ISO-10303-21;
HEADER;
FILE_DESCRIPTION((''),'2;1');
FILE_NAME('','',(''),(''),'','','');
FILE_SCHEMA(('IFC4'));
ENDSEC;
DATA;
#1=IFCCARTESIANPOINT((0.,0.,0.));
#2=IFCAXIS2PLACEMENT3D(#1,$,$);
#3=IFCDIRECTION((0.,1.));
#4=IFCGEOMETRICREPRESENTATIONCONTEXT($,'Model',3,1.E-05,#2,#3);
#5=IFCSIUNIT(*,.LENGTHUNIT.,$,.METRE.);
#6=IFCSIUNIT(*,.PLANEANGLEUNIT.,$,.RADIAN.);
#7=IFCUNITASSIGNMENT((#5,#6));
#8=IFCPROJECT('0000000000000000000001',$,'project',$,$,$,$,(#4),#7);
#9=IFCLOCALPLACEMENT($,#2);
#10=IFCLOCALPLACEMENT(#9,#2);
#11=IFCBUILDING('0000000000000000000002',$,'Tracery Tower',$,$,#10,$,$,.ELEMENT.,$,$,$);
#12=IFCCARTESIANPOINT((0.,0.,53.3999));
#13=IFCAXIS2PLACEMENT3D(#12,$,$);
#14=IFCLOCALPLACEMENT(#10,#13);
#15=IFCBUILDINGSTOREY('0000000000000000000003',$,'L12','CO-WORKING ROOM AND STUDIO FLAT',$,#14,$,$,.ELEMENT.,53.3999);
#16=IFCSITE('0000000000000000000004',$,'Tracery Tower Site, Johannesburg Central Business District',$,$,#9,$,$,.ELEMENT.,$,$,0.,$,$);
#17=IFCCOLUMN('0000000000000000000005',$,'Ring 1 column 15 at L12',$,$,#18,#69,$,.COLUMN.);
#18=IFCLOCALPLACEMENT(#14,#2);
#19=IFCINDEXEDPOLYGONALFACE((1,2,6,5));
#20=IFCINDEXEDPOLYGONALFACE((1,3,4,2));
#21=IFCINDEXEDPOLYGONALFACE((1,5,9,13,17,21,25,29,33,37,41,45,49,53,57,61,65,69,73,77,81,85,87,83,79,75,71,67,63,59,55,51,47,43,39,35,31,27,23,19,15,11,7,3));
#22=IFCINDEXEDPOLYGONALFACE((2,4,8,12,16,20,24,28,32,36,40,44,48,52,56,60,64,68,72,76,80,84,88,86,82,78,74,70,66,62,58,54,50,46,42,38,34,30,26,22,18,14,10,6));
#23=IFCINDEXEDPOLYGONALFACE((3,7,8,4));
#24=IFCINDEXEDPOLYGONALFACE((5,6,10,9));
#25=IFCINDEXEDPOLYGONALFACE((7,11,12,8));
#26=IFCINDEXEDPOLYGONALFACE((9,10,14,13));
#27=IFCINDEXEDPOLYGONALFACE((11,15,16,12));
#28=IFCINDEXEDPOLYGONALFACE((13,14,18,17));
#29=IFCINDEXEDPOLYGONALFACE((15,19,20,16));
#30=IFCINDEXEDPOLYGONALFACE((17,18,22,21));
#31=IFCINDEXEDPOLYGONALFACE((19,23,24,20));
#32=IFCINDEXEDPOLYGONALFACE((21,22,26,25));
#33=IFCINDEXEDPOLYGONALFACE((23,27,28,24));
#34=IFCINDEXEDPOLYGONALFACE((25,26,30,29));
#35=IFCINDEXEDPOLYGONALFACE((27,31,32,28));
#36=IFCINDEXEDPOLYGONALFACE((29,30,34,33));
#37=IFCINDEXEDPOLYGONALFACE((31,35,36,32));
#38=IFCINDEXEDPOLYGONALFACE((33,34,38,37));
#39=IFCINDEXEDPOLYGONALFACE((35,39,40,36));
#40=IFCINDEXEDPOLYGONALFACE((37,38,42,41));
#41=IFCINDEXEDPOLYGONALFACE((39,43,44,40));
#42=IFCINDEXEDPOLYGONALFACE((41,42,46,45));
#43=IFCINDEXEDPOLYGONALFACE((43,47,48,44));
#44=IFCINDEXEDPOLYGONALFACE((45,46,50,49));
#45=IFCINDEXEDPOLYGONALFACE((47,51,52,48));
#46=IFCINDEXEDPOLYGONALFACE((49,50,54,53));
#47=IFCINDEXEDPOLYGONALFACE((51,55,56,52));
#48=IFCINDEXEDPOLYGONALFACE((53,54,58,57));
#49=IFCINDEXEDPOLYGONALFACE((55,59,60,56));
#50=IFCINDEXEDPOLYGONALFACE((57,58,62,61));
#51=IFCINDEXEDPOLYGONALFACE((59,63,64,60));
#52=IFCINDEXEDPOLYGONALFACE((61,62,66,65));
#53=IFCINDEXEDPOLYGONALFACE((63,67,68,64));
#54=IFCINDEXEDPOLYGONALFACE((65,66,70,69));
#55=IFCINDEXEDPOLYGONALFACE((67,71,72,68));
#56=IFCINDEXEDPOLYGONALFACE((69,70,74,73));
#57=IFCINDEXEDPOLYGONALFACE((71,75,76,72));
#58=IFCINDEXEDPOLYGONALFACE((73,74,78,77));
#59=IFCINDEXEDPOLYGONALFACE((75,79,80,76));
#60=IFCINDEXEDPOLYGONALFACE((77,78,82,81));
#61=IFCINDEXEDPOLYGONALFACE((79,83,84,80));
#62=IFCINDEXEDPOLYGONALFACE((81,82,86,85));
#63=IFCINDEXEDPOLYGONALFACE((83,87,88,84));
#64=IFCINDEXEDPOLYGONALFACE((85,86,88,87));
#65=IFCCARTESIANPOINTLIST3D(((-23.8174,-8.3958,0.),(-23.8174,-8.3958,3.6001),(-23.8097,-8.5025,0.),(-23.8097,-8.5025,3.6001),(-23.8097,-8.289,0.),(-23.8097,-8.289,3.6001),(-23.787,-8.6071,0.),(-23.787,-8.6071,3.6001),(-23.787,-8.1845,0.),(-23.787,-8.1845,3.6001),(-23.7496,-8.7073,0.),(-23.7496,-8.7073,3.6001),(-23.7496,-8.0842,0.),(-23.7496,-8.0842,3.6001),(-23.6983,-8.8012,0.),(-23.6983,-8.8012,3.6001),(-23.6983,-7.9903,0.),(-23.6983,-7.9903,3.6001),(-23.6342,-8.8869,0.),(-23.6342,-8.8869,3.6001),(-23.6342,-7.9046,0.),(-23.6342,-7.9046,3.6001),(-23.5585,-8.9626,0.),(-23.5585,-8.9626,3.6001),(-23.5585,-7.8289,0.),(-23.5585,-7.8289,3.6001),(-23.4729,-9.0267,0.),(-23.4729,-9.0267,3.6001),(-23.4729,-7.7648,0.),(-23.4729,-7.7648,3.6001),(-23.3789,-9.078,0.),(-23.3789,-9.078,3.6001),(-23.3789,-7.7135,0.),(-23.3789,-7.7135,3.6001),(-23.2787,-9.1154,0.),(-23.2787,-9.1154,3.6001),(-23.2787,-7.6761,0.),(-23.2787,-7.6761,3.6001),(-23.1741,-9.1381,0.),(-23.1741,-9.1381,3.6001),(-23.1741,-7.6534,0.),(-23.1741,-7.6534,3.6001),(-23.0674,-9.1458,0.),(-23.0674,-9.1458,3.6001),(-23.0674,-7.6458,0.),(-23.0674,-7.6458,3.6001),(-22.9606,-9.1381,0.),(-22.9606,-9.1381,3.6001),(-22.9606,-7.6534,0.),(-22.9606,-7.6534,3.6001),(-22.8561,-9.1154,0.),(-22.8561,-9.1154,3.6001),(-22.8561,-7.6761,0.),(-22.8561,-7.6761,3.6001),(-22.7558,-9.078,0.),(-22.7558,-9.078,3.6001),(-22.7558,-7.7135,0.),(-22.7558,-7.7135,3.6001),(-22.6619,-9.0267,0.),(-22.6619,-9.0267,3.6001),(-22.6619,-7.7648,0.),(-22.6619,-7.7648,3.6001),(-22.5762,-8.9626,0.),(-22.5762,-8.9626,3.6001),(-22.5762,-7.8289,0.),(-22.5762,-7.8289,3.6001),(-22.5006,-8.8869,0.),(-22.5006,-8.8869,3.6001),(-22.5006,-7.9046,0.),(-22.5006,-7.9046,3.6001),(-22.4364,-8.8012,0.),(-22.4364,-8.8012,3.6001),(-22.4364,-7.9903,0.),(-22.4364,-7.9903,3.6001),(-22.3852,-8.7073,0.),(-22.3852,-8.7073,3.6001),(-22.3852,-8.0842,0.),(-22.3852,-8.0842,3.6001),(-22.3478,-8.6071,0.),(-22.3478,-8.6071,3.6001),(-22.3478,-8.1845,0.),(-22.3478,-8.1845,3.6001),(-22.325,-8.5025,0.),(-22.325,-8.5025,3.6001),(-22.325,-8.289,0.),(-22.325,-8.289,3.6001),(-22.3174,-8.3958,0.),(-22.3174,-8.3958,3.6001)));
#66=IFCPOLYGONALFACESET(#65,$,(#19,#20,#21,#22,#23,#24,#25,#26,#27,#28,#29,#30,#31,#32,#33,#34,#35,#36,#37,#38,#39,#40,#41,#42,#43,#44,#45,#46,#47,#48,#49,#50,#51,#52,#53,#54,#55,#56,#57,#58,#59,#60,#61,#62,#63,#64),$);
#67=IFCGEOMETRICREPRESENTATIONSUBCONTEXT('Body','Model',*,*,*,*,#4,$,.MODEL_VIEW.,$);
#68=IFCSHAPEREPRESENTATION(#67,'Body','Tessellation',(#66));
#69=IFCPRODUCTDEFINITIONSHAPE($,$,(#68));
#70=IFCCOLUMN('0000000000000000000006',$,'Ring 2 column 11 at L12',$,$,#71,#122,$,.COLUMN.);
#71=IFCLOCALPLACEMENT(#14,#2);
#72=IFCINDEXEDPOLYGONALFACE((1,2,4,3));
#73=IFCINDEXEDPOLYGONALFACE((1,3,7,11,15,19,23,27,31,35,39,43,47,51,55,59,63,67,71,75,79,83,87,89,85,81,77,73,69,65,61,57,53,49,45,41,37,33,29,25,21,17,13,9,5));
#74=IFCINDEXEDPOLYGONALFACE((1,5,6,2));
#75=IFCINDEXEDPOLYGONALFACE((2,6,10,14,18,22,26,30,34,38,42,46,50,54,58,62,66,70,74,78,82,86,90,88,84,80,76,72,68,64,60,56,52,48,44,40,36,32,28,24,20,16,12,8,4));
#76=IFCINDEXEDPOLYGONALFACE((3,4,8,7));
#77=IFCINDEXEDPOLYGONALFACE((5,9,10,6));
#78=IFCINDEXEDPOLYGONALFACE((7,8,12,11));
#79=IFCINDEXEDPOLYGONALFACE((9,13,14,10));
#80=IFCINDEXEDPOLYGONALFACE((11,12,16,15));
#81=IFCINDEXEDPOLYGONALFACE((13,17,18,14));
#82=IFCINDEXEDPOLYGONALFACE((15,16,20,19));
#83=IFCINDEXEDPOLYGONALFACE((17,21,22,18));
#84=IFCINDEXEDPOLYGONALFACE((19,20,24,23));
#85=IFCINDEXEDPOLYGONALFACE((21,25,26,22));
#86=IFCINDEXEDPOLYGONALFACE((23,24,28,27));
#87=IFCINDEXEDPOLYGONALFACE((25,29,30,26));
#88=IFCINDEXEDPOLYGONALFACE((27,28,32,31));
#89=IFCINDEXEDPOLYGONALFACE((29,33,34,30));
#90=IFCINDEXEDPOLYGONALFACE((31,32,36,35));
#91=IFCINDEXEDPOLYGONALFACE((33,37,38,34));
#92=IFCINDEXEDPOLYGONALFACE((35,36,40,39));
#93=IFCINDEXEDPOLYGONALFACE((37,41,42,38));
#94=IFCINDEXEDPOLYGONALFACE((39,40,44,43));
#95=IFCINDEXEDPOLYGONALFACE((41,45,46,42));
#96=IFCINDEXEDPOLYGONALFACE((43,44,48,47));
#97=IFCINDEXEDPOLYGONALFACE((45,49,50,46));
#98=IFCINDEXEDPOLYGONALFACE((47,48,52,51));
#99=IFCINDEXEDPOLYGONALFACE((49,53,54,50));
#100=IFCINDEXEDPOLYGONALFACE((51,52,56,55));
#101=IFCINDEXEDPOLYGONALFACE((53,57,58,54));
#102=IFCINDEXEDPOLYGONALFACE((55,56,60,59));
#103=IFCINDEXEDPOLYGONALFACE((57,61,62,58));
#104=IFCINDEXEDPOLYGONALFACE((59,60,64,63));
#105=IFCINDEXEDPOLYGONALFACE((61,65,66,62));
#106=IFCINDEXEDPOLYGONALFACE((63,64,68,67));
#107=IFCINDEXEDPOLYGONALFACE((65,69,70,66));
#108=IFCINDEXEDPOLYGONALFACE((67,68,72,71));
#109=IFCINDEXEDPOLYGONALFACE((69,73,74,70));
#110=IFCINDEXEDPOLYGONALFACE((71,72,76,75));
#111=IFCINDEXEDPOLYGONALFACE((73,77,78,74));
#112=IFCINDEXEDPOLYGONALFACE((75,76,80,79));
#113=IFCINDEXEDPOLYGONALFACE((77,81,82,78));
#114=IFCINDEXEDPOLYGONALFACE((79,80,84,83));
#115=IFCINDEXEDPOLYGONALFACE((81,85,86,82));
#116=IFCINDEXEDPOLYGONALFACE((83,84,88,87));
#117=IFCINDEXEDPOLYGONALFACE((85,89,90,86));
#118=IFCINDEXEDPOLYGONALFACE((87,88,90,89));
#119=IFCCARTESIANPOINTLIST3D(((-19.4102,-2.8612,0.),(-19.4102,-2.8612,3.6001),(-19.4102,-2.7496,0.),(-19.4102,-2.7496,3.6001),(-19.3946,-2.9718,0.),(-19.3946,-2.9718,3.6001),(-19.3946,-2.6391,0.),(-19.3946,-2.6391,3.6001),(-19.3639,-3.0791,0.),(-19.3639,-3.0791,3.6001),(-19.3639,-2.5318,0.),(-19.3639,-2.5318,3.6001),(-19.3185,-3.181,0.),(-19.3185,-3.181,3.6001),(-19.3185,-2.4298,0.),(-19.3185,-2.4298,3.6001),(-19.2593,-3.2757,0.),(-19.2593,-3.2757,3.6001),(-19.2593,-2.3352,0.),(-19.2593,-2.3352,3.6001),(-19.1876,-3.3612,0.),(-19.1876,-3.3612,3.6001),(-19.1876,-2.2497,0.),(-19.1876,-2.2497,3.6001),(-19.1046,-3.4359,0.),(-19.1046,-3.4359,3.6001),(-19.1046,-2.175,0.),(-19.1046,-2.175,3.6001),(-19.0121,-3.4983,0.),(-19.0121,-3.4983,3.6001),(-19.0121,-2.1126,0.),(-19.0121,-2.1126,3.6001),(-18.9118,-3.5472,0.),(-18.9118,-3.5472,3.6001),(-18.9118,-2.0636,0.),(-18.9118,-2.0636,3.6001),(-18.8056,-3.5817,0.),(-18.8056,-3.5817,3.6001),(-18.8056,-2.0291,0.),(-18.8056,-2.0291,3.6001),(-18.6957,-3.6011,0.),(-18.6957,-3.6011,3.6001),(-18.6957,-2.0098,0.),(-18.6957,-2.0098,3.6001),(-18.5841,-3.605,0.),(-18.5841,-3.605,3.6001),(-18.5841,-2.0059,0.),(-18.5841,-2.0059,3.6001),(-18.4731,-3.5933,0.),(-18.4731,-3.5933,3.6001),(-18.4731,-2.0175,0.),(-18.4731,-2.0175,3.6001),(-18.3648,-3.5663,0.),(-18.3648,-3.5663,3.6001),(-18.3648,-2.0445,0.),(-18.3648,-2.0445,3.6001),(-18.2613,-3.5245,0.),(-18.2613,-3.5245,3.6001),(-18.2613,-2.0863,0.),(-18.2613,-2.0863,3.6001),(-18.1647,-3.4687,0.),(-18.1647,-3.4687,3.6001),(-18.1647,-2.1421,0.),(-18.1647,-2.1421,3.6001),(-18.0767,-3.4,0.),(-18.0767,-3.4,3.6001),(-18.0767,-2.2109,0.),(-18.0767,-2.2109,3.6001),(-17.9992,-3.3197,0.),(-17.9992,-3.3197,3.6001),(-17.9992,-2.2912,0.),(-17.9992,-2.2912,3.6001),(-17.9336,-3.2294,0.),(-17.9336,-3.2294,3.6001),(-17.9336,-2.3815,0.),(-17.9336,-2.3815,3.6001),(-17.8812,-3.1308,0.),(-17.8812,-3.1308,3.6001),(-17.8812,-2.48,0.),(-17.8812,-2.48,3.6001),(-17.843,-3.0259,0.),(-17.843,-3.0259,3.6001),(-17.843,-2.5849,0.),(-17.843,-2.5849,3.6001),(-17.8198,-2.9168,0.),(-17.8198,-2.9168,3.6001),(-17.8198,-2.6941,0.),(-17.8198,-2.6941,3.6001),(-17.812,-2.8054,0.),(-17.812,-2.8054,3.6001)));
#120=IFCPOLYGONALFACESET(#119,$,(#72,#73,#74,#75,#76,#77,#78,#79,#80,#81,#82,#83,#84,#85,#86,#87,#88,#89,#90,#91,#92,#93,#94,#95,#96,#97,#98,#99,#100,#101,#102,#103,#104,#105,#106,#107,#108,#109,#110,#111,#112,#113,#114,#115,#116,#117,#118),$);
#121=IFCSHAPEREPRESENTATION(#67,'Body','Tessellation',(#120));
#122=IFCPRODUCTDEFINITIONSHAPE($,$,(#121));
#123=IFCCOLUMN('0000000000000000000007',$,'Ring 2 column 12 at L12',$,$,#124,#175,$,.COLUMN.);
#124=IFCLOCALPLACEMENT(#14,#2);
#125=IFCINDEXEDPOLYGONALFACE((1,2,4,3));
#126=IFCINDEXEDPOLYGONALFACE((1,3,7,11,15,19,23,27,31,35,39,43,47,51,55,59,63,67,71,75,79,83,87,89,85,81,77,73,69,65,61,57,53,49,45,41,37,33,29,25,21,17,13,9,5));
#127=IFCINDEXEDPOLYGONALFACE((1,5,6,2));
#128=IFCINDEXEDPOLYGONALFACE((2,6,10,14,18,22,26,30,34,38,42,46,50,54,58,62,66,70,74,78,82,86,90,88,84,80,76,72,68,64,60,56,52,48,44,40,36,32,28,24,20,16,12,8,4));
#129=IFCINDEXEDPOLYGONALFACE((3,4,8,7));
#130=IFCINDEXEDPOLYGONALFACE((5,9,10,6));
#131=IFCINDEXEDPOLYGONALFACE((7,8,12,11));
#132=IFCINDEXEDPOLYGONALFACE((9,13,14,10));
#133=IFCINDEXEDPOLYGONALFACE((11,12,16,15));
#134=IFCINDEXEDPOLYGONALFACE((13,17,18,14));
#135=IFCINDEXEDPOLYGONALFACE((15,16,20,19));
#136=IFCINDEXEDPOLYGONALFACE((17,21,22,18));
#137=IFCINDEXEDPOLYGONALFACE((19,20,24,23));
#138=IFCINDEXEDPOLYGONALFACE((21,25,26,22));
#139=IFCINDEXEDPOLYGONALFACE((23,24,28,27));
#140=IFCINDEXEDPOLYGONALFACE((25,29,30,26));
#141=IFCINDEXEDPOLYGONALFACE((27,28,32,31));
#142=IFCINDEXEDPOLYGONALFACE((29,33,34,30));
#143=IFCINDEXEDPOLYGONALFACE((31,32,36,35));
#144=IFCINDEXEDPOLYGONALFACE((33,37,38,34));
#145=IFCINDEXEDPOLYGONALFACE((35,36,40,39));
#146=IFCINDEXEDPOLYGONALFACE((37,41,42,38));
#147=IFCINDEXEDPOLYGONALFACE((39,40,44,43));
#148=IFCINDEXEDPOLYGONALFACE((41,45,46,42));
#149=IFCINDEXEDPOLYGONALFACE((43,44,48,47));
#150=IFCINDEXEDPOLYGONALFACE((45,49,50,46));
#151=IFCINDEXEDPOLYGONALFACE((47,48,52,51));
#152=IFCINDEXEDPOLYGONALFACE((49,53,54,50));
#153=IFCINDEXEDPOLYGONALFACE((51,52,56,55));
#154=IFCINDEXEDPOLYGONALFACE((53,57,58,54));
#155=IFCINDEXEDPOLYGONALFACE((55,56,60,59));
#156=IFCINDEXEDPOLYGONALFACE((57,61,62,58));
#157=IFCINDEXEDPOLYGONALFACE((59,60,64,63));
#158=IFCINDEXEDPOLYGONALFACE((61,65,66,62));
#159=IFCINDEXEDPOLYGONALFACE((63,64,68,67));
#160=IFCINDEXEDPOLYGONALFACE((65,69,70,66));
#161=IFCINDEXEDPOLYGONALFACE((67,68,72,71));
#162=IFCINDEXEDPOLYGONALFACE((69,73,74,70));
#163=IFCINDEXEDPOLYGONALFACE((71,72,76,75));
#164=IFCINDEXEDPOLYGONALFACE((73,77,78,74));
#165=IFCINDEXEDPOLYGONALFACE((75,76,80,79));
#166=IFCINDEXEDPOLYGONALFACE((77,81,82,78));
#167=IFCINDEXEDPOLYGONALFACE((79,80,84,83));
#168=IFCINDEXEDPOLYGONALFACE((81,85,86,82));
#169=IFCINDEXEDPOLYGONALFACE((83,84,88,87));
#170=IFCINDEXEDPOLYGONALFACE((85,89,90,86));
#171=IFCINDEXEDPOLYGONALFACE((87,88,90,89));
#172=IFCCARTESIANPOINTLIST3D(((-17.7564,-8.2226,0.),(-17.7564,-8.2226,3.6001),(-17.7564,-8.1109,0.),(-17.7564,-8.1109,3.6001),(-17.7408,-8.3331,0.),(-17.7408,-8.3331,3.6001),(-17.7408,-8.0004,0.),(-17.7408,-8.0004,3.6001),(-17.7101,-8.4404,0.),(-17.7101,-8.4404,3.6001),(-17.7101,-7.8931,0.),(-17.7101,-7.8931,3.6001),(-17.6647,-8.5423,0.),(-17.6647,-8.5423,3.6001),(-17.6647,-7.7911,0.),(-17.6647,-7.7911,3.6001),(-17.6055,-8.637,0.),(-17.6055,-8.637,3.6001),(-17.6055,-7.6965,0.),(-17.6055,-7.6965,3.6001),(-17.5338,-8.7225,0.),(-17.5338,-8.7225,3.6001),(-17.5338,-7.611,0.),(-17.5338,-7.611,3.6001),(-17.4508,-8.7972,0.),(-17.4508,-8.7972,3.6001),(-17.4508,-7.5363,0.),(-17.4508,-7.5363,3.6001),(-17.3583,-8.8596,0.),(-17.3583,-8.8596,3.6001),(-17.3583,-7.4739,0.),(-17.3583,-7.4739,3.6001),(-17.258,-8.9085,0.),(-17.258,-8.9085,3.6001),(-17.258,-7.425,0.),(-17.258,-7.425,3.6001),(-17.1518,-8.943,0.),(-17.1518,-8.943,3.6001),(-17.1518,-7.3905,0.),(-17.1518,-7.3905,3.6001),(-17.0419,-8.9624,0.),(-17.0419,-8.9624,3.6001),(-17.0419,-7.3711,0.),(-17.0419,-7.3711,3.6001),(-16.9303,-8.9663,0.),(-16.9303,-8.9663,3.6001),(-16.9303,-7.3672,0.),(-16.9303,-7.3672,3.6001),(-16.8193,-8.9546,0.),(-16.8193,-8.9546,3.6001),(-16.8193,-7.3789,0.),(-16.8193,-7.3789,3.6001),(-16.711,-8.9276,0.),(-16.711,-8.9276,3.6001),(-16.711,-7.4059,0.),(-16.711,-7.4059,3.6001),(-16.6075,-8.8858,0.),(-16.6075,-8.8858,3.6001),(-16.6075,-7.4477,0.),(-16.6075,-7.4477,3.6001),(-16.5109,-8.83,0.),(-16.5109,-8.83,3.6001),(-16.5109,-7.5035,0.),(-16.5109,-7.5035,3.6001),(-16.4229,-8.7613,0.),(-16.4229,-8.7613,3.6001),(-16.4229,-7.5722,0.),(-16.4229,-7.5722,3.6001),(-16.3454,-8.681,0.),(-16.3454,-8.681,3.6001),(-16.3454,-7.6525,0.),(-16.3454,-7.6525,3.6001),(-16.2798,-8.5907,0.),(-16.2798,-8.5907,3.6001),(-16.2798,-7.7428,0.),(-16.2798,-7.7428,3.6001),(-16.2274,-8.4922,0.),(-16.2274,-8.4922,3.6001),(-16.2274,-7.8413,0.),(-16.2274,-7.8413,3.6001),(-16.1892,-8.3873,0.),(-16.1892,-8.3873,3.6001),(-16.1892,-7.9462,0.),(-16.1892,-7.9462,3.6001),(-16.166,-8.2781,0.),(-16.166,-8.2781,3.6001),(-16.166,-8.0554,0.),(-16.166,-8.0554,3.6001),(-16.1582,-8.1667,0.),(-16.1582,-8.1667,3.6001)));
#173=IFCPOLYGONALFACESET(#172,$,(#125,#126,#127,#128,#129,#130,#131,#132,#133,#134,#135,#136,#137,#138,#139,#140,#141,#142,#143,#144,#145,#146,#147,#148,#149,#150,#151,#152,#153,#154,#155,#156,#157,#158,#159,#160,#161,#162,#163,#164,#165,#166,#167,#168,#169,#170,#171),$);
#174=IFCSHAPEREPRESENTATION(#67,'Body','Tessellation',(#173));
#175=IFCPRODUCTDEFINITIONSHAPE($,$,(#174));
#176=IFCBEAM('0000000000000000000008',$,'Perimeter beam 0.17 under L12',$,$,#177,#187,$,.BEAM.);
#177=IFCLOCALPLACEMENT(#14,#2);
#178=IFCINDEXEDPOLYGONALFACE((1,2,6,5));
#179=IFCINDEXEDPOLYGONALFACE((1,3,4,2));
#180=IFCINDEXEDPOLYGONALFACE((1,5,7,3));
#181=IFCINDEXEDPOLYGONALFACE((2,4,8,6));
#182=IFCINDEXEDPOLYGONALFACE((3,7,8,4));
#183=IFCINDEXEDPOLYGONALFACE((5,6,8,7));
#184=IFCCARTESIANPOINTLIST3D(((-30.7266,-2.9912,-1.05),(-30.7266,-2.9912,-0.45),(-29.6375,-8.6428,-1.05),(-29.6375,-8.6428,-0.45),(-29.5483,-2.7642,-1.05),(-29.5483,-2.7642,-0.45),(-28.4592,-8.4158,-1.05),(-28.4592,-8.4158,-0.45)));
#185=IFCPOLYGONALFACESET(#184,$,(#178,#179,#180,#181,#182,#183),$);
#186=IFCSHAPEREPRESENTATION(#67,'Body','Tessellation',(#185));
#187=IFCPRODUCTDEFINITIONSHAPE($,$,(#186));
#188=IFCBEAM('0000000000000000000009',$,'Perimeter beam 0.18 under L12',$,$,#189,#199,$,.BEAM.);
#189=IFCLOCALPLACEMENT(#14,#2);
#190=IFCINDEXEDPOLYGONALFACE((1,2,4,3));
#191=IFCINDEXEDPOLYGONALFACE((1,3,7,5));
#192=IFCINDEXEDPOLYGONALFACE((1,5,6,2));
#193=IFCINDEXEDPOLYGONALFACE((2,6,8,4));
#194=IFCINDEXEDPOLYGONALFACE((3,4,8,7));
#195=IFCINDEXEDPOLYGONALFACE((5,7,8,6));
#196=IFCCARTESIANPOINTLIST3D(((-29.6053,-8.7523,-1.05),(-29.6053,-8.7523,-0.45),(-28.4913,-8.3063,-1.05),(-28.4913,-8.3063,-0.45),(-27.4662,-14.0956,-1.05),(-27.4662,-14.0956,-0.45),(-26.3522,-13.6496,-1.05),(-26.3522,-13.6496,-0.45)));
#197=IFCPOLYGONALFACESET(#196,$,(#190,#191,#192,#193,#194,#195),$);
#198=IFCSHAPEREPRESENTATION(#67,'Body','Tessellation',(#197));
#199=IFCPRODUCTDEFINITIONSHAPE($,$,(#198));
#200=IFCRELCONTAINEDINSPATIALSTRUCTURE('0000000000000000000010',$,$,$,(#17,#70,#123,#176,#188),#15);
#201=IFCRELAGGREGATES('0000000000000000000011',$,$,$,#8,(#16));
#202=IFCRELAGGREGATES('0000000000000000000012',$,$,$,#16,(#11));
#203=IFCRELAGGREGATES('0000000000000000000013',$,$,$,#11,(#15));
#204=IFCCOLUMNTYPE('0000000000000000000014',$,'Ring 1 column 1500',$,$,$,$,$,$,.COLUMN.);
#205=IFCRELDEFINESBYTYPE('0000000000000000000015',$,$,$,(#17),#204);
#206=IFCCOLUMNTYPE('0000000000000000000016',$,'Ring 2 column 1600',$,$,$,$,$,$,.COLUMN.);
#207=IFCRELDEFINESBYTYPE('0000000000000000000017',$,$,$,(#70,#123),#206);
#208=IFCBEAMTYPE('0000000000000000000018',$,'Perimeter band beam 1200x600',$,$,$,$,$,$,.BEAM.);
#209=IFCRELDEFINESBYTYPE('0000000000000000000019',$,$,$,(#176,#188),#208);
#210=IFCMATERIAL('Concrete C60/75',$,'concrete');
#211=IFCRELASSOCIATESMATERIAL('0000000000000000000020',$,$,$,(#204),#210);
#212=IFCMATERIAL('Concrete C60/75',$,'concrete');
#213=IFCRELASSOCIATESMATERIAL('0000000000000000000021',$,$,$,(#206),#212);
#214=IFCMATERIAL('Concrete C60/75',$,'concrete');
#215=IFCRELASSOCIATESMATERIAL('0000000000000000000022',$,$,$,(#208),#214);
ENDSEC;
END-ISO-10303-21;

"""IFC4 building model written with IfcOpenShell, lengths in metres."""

from ifc_helpers import new_model, si_unit, direction, frame, origin, origin_2d, place, context, subcontext, project, spatial, rectangle, circle, extrude, material, material_profile, profile_set, type_object, element, save


model = new_model("IFC4")

# Units and contexts
model_context = context("Model", 3, precision=1e-05, world=origin(), true_north=direction((0.0, 1.0)))
body_context = subcontext(model_context, "Body", "Model", "MODEL_VIEW")
ifc_project = project(units=[si_unit("LENGTHUNIT", "METRE"), si_unit("PLANEANGLEUNIT", "RADIAN")], contexts=[model_context])

# Site, building, storey
site_placement = place(None, origin())
site = spatial("IfcSite", under=ifc_project, at=site_placement, Name="Tracery Tower Site, Johannesburg Central Business District", CompositionType="ELEMENT", RefElevation=0.0)
building_placement = place(site_placement, origin())
building = spatial("IfcBuilding", under=site, at=building_placement, Name="Tracery Tower", CompositionType="ELEMENT")
storey_placement = place(building_placement, frame((0.0, 0.0, 53.3999)))
storey = spatial("IfcBuildingStorey", under=building, at=storey_placement, Name="L12", Description="CO-WORKING ROOM AND STUDIO FLAT", CompositionType="ELEMENT", Elevation=53.3999)

# Columns
ifc_material_1 = material(Name="Concrete C60/75", Category="concrete")
ifc_material_profile_1 = material_profile(ifc_material_1, circle(Radius=0.75, at=origin_2d()), Name="RC D1500")
ifc_profile_set_1 = profile_set([ifc_material_profile_1], Name="Concrete C60/75")
column_type_1 = type_object("IfcColumnType", Name="Ring 1 column 1500", PredefinedType="COLUMN", material=ifc_profile_set_1)
for number, where, z_axis, x_axis, name in (
    (1, (-23.0674, -8.3958, 0.0), (0.0, 0.0, 1.0), (1.0, 0.0, 0.0), "Ring 1 column 15 at L12"),
):
    element("IfcColumn", number, at=place(storey_placement, frame(where, z_axis=z_axis, x_axis=x_axis)), inside=storey, type_object=column_type_1, Name=name, PredefinedType="COLUMN", context=body_context, shape_type="SweptSolid", body=[
        extrude(circle(Radius=0.75, at=origin_2d()), origin(), (0.0, 0.0, 1.0), 3.6001),
    ])
ifc_material_2 = material(Name="Concrete C60/75", Category="concrete")
ifc_material_profile_2 = material_profile(ifc_material_2, circle(Radius=0.8, at=origin_2d()), Name="RC D1600")
ifc_profile_set_2 = profile_set([ifc_material_profile_2], Name="Concrete C60/75")
column_type_2 = type_object("IfcColumnType", Name="Ring 2 column 1600", PredefinedType="COLUMN", material=ifc_profile_set_2)
for number, where, z_axis, x_axis, name in (
    (2, (-18.6121, -2.8054, 0.0), (0.0, 0.0, 1.0), (1.0, 0.0, 0.0), "Ring 2 column 11 at L12"),
    (3, (-16.9583, -8.1667, 0.0), (0.0, 0.0, 1.0), (1.0, 0.0, 0.0), "Ring 2 column 12 at L12"),
):
    element("IfcColumn", number, at=place(storey_placement, frame(where, z_axis=z_axis, x_axis=x_axis)), inside=storey, type_object=column_type_2, Name=name, PredefinedType="COLUMN", context=body_context, shape_type="SweptSolid", body=[
        extrude(circle(Radius=0.8, at=origin_2d()), origin(), (0.0, 0.0, 1.0), 3.6001),
    ])

# Beams
ifc_material_3 = material(Name="Concrete C60/75", Category="concrete")
ifc_material_profile_3 = material_profile(ifc_material_3, rectangle(XDim=1.2, YDim=0.6001, at=origin_2d()), Name="RC 1200x600")
ifc_profile_set_3 = profile_set([ifc_material_profile_3], Name="Concrete C60/75")
beam_type = type_object("IfcBeamType", Name="Perimeter band beam 1200x600", PredefinedType="BEAM", material=ifc_profile_set_3)
for number, where, z_axis, x_axis, name in (
    (4, (-30.1375, -2.8777, -0.75), (0.189227, -0.981933, 0.0), (0.981933, 0.189227, 0.0), "Perimeter beam 0.17 under L12"),
    (5, (-29.0483, -8.5293, -0.75), (0.371669, -0.928365, 0.0), (0.928365, 0.371669, 0.0), "Perimeter beam 0.18 under L12"),
):
    element("IfcBeam", number, at=place(storey_placement, frame(where, z_axis=z_axis, x_axis=x_axis)), inside=storey, type_object=beam_type, Name=name, PredefinedType="BEAM", context=body_context, shape_type="SweptSolid", body=[
        extrude(rectangle(XDim=1.2, YDim=0.6001, at=origin_2d()), origin(), (0.0, 0.0, 1.0), 5.7556),
    ])

save(model, "model.ifc")
